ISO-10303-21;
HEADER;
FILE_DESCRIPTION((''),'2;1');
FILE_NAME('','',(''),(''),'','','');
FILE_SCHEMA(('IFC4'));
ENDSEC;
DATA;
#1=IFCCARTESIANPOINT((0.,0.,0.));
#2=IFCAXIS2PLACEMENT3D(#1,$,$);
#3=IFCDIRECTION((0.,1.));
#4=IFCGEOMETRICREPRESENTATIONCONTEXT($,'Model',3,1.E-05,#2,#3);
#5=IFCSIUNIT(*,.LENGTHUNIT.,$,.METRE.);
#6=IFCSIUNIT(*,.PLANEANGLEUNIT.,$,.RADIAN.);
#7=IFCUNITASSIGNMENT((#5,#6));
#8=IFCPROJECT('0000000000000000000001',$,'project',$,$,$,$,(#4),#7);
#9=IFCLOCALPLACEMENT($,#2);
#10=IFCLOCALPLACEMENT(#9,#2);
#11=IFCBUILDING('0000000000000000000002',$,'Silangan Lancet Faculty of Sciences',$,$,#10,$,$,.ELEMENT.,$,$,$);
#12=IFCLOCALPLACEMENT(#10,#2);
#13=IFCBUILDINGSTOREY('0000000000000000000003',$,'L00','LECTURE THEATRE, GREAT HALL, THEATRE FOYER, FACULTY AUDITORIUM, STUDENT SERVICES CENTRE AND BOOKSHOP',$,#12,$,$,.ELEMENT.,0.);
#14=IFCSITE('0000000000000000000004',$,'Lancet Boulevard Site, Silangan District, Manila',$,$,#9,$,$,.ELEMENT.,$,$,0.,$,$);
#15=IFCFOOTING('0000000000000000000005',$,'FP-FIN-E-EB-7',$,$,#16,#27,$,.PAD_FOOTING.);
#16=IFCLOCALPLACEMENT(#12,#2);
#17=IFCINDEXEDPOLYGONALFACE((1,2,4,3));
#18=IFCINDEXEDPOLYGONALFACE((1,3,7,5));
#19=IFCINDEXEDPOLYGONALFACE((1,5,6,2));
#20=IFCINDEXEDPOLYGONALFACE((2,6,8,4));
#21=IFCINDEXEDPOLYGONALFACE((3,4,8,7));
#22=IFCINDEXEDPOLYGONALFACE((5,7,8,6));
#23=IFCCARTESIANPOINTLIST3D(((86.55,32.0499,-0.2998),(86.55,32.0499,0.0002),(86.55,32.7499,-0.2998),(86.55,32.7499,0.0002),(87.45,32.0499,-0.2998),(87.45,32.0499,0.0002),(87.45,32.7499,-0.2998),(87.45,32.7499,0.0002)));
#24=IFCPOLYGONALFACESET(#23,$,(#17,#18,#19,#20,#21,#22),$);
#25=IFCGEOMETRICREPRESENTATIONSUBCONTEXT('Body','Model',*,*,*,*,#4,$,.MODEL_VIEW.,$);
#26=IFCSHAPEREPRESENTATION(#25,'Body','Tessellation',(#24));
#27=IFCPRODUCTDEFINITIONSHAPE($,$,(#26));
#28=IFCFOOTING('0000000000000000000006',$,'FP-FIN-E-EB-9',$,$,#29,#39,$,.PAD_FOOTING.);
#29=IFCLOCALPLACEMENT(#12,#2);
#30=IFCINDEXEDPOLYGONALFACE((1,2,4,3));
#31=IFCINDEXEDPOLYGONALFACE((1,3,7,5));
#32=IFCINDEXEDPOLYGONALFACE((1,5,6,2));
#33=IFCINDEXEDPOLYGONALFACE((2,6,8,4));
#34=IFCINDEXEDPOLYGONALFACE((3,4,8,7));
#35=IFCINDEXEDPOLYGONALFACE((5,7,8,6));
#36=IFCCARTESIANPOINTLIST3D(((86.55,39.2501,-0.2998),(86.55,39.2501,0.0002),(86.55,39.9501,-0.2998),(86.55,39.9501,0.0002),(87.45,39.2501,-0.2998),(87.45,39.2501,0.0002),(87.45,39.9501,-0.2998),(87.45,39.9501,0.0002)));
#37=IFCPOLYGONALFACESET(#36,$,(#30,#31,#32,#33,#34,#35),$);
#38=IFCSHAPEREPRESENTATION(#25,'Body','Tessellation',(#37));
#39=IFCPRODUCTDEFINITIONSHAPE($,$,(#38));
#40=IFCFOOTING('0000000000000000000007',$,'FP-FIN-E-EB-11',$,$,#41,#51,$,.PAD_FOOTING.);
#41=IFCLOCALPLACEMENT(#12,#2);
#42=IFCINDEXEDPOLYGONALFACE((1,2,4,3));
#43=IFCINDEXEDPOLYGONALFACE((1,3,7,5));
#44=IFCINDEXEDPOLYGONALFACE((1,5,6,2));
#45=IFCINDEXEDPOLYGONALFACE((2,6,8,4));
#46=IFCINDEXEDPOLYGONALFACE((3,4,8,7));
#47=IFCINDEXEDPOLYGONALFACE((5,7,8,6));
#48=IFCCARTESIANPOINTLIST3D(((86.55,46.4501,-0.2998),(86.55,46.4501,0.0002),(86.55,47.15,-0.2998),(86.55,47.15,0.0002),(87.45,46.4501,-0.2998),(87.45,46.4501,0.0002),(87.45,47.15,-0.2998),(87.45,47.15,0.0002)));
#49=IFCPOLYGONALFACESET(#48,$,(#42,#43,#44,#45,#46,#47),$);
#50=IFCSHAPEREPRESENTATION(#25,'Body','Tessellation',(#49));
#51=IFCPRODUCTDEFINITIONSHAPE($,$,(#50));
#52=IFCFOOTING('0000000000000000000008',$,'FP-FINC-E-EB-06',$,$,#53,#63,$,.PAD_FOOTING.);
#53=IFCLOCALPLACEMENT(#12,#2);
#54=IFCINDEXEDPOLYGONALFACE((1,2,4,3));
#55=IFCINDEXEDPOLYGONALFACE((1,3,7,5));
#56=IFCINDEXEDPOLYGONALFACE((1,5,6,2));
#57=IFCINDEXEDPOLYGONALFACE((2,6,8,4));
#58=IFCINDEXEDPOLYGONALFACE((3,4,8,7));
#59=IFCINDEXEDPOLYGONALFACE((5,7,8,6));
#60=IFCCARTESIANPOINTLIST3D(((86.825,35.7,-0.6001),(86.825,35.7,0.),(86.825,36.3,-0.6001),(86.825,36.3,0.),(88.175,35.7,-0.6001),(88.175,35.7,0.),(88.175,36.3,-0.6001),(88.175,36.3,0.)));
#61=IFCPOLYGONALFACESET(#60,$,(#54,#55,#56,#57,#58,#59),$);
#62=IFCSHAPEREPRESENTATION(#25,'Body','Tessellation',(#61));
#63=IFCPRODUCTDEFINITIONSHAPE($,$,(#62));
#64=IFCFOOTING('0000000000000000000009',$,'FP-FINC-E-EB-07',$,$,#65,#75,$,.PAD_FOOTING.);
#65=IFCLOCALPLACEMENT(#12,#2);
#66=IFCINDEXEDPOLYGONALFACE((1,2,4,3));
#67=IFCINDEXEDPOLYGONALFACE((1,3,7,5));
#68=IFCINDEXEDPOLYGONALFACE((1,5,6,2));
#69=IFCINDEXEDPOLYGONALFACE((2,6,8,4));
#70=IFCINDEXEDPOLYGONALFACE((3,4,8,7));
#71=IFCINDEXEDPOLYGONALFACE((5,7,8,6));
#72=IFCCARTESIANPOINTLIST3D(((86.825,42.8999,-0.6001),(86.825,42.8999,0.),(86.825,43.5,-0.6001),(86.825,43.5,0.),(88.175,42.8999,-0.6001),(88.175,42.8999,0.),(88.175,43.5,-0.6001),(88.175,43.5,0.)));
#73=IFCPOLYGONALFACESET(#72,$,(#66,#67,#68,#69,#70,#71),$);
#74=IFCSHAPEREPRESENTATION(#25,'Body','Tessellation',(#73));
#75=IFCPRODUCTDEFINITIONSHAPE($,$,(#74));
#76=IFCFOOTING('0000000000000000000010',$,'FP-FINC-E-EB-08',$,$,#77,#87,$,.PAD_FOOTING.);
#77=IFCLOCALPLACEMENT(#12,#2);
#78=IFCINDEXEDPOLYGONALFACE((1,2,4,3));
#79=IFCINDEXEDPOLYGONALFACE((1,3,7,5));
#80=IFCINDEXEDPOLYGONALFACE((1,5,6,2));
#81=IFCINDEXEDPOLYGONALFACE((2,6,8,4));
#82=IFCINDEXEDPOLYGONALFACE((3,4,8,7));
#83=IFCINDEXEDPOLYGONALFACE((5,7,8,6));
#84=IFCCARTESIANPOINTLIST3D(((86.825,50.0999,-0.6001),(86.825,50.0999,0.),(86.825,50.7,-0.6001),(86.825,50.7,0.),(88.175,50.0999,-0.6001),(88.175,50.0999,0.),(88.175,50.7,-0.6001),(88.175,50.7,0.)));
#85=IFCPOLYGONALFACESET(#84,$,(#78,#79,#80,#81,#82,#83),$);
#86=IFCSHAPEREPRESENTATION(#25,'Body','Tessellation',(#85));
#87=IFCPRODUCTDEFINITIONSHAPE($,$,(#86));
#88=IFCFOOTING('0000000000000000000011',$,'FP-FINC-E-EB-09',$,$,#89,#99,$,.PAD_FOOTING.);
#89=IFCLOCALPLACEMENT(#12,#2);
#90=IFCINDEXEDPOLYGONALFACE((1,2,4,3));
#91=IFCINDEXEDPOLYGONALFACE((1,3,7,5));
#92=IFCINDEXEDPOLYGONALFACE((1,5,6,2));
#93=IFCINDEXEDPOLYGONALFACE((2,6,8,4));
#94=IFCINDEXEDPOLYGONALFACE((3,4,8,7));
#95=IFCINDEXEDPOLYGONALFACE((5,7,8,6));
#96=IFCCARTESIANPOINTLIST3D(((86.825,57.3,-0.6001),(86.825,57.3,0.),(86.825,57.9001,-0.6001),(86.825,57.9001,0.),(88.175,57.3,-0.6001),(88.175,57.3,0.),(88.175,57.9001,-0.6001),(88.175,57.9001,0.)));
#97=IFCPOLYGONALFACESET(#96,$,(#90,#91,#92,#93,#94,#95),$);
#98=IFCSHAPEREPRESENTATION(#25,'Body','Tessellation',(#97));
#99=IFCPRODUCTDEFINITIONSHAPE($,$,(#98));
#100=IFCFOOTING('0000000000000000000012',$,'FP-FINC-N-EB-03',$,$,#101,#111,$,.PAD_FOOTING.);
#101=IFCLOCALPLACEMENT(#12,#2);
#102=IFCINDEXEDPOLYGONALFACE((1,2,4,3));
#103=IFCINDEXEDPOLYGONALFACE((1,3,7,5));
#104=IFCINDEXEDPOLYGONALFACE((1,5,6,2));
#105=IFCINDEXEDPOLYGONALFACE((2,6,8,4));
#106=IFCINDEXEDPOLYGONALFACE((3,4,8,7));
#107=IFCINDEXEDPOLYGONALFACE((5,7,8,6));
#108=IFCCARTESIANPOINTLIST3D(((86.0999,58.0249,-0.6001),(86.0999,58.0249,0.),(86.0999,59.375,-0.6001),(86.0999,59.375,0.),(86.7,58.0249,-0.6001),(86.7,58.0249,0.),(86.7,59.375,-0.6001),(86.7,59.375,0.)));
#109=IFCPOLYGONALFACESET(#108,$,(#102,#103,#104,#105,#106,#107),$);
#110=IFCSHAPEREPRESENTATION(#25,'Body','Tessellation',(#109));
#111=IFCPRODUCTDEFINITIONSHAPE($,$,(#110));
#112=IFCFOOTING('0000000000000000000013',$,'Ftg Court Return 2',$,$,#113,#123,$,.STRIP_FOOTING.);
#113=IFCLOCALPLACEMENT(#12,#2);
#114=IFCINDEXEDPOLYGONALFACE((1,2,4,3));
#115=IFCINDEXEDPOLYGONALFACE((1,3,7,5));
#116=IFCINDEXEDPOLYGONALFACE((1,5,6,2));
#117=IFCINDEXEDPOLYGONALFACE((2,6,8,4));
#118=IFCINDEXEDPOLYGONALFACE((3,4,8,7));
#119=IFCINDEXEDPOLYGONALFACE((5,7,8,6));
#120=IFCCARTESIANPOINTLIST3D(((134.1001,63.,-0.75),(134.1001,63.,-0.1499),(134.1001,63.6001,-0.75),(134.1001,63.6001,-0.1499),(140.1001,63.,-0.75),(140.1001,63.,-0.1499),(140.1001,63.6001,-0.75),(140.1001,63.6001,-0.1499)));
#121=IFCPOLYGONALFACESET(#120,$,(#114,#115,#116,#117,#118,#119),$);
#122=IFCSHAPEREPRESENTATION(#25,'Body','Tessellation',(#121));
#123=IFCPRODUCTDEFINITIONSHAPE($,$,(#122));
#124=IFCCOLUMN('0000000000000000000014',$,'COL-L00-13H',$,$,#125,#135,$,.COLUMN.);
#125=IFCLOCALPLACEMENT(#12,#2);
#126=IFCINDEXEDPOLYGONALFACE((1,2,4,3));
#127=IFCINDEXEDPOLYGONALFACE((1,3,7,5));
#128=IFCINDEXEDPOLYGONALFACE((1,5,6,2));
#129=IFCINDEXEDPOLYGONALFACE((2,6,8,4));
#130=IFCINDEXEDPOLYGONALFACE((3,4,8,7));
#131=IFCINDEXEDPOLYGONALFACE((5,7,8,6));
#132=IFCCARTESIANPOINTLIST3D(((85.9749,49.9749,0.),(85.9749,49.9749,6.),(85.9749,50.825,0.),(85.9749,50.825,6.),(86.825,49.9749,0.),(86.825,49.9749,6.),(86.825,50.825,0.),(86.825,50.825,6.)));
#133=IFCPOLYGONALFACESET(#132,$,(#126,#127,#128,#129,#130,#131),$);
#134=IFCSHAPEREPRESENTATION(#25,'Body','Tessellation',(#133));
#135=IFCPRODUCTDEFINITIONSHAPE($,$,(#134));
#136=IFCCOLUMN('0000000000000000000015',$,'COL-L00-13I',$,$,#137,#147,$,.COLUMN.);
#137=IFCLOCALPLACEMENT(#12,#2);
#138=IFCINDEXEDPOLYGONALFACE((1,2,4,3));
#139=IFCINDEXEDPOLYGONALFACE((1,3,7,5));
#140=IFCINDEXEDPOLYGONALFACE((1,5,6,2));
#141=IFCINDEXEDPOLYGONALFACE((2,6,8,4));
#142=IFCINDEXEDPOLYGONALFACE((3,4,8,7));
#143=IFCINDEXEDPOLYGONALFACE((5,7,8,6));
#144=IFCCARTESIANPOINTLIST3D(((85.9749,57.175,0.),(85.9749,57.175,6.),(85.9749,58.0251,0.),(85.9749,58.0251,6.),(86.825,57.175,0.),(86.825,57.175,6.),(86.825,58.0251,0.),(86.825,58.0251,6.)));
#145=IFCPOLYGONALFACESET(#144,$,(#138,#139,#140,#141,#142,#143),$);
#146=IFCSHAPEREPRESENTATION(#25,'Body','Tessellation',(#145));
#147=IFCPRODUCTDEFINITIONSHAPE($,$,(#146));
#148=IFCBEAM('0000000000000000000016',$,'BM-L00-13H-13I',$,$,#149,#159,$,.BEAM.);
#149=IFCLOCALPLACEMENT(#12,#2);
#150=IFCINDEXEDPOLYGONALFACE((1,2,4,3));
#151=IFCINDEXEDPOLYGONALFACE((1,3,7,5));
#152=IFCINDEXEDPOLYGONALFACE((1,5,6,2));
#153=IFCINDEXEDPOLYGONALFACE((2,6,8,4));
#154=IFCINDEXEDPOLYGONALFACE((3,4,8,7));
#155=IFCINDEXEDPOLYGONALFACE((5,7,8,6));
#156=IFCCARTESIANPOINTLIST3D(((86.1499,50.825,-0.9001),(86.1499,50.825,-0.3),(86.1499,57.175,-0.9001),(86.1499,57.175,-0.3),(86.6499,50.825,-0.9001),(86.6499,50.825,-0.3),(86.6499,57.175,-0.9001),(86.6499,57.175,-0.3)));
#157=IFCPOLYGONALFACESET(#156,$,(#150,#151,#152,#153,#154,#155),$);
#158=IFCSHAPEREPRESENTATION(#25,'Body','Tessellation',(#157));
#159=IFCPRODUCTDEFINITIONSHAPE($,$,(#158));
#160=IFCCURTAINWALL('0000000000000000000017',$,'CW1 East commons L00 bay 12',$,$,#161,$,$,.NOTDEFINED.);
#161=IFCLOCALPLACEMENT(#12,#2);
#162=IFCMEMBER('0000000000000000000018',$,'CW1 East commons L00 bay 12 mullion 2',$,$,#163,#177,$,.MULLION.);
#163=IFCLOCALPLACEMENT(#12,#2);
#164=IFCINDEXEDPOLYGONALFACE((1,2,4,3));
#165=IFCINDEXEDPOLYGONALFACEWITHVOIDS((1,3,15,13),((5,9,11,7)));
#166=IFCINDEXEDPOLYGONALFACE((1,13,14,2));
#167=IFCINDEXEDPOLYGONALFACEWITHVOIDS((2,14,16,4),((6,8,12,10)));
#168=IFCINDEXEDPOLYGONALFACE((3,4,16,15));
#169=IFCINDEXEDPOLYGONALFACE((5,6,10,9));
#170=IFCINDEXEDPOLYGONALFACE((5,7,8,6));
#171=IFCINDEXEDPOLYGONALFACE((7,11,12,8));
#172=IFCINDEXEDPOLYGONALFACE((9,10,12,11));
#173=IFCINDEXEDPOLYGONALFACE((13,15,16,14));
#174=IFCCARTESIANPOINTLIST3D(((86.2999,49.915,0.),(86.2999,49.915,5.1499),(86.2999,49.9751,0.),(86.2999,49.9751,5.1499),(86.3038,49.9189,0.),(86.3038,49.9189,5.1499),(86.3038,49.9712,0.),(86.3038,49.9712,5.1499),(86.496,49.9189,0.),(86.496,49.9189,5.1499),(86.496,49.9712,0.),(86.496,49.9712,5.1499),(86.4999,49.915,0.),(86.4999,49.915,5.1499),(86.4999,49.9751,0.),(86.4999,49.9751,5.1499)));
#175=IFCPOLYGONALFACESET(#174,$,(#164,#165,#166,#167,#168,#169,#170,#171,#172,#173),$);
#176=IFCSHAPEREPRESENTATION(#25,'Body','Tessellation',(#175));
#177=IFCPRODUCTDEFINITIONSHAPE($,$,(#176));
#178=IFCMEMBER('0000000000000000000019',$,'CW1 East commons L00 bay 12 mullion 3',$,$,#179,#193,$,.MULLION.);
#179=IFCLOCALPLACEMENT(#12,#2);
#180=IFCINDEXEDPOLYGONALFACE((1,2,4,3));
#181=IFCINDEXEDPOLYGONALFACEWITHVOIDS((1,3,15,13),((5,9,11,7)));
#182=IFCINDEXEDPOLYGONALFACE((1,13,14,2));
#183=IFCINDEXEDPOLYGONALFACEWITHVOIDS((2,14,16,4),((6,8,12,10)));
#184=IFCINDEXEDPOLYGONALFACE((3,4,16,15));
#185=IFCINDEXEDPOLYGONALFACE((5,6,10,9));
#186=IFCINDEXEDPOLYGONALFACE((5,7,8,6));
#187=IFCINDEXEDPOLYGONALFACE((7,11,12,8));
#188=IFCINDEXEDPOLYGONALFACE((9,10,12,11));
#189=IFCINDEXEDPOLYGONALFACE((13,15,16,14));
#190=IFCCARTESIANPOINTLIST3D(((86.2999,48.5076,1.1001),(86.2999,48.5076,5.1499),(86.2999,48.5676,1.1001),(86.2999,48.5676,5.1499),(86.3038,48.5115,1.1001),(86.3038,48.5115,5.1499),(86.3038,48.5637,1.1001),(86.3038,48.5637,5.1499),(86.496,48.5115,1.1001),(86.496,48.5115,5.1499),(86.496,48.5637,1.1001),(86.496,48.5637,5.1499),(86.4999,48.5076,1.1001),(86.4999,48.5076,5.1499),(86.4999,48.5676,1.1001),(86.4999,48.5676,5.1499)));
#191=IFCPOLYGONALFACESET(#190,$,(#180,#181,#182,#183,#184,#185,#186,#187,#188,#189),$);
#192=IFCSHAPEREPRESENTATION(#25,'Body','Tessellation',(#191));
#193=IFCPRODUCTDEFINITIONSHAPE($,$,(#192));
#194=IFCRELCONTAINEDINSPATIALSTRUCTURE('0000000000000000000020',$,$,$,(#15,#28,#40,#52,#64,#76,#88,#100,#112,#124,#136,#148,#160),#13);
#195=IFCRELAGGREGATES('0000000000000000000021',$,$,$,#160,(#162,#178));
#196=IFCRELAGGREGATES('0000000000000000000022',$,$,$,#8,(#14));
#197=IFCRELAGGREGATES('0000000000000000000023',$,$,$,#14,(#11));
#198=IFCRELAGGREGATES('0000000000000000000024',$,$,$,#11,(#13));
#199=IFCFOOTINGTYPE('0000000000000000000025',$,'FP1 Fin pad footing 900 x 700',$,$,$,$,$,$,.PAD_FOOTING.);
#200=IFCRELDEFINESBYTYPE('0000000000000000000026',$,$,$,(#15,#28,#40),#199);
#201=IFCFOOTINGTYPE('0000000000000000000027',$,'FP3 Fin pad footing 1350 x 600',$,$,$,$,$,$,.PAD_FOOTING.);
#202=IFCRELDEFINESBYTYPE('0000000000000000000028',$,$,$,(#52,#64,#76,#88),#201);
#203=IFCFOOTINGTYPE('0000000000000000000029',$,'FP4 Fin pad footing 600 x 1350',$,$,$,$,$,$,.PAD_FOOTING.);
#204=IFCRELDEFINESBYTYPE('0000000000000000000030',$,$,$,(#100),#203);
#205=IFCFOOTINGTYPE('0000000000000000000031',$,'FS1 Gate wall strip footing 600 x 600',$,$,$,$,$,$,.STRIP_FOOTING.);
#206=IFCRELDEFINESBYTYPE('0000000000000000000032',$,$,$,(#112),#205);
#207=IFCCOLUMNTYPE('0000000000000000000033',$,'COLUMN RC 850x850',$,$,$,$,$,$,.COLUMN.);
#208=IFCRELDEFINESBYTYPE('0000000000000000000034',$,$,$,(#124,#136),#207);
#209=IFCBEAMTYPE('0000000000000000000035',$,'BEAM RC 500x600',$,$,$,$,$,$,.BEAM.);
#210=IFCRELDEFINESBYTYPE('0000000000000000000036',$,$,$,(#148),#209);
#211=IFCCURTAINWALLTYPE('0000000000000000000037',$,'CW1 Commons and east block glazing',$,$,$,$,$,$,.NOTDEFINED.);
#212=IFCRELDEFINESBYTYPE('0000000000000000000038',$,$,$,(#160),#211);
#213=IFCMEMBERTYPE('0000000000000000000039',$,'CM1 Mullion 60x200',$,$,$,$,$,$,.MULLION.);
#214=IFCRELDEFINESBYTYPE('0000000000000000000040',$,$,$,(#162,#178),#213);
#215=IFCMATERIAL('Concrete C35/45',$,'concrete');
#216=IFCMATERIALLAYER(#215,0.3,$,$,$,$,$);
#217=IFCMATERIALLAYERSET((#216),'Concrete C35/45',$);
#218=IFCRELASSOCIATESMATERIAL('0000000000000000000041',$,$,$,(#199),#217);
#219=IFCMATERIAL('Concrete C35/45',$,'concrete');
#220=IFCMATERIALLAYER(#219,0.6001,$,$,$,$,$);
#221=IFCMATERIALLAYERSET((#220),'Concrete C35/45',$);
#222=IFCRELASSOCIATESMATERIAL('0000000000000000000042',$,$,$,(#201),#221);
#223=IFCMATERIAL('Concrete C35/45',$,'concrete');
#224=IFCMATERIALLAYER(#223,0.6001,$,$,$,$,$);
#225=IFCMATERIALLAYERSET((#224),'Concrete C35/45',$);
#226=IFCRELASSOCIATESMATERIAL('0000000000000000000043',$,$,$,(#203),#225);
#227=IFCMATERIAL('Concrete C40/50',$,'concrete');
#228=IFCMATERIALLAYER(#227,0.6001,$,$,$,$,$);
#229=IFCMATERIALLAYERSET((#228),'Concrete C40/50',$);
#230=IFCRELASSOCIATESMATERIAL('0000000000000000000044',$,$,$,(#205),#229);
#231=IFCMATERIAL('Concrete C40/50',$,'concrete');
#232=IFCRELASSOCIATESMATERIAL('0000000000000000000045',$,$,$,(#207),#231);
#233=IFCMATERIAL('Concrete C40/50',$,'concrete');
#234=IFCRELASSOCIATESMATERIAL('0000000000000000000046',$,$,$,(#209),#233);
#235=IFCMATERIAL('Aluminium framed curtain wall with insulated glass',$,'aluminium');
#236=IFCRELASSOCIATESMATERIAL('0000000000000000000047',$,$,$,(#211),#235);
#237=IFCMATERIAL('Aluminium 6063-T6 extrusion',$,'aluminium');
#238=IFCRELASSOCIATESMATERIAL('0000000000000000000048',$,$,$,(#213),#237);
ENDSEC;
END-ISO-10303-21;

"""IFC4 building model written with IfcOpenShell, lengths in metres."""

from ifc_helpers import new_model, si_unit, direction, frame, origin, origin_2d, place, context, subcontext, project, spatial, rectangle, hollow_rectangle, extrude, material, layer, layer_set, material_profile, profile_set, type_object, element, aggregate, save


model = new_model("IFC4")

# Units and contexts
model_context = context("Model", 3, precision=1e-05, world=origin(), true_north=direction((0.0, 1.0)))
body_context = subcontext(model_context, "Body", "Model", "MODEL_VIEW")
ifc_project = project(units=[si_unit("LENGTHUNIT", "METRE"), si_unit("PLANEANGLEUNIT", "RADIAN")], contexts=[model_context])

# Site, building, storey
site_placement = place(None, origin())
site = spatial("IfcSite", under=ifc_project, at=site_placement, Name="Lancet Boulevard Site, Silangan District, Manila", CompositionType="ELEMENT", RefElevation=0.0)
building_placement = place(site_placement, origin())
building = spatial("IfcBuilding", under=site, at=building_placement, Name="Silangan Lancet Faculty of Sciences", CompositionType="ELEMENT")
storey_placement = place(building_placement, origin())
storey = spatial("IfcBuildingStorey", under=building, at=storey_placement, Name="L00", Description="LECTURE THEATRE, GREAT HALL, THEATRE FOYER, FACULTY AUDITORIUM, STUDENT SERVICES CENTRE AND BOOKSHOP", CompositionType="ELEMENT", Elevation=0.0)

# Footings
ifc_material_1 = material(Name="Concrete C35/45", Category="concrete")
ifc_layer_1 = layer(ifc_material_1, 0.3)
ifc_layer_set_1 = layer_set([ifc_layer_1], Name="Concrete C35/45")
footing_type_1 = type_object("IfcFootingType", Name="FP1 Fin pad footing 900 x 700", PredefinedType="PAD_FOOTING", material=ifc_layer_set_1)
for number, where, z_axis, x_axis, name in (
    (1, (87.0, 32.3999, -0.2998), (0.0, 0.0, 1.0), (1.0, 0.0, 0.0), "FP-FIN-E-EB-7"),
    (2, (87.0, 39.6001, -0.2998), (0.0, 0.0, 1.0), (1.0, 0.0, 0.0), "FP-FIN-E-EB-9"),
    (3, (87.0, 46.8, -0.2998), (0.0, 0.0, 1.0), (1.0, 0.0, 0.0), "FP-FIN-E-EB-11"),
):
    element("IfcFooting", number, at=place(storey_placement, frame(where, z_axis=z_axis, x_axis=x_axis)), inside=storey, type_object=footing_type_1, Name=name, PredefinedType="PAD_FOOTING", context=body_context, shape_type="SweptSolid", body=[
        extrude(rectangle(XDim=0.8999, YDim=0.7, at=origin_2d()), origin(), (0.0, 0.0, 1.0), 0.3),
    ])
ifc_material_2 = material(Name="Concrete C35/45", Category="concrete")
ifc_layer_2 = layer(ifc_material_2, 0.6001)
ifc_layer_set_2 = layer_set([ifc_layer_2], Name="Concrete C35/45")
footing_type_2 = type_object("IfcFootingType", Name="FP3 Fin pad footing 1350 x 600", PredefinedType="PAD_FOOTING", material=ifc_layer_set_2)
for number, where, z_axis, x_axis, name in (
    (4, (87.5, 36.0, -0.6001), (0.0, 0.0, 1.0), (1.0, 0.0, 0.0), "FP-FINC-E-EB-06"),
    (5, (87.5, 43.2, -0.6001), (0.0, 0.0, 1.0), (1.0, 0.0, 0.0), "FP-FINC-E-EB-07"),
    (6, (87.5, 50.3999, -0.6001), (0.0, 0.0, 1.0), (1.0, 0.0, 0.0), "FP-FINC-E-EB-08"),
    (7, (87.5, 57.6001, -0.6001), (0.0, 0.0, 1.0), (1.0, 0.0, 0.0), "FP-FINC-E-EB-09"),
):
    element("IfcFooting", number, at=place(storey_placement, frame(where, z_axis=z_axis, x_axis=x_axis)), inside=storey, type_object=footing_type_2, Name=name, PredefinedType="PAD_FOOTING", context=body_context, shape_type="SweptSolid", body=[
        extrude(rectangle(XDim=1.3501, YDim=0.6001, at=origin_2d()), origin(), (0.0, 0.0, 1.0), 0.6001),
    ])
ifc_material_3 = material(Name="Concrete C35/45", Category="concrete")
ifc_layer_3 = layer(ifc_material_3, 0.6001)
ifc_layer_set_3 = layer_set([ifc_layer_3], Name="Concrete C35/45")
footing_type_3 = type_object("IfcFootingType", Name="FP4 Fin pad footing 600 x 1350", PredefinedType="PAD_FOOTING", material=ifc_layer_set_3)
footing_1_placement = place(storey_placement, frame((86.3999, 58.7, -0.6001), z_axis=(0.0, 0.0, 1.0), x_axis=(1.0, 0.0, 0.0)))
element("IfcFooting", 8, at=footing_1_placement, inside=storey, type_object=footing_type_3, Name="FP-FINC-N-EB-03", PredefinedType="PAD_FOOTING", context=body_context, shape_type="SweptSolid", body=[
    extrude(rectangle(XDim=0.6001, YDim=1.3501, at=origin_2d()), origin(), (0.0, 0.0, 1.0), 0.6001),
])
ifc_material_4 = material(Name="Concrete C40/50", Category="concrete")
ifc_layer_4 = layer(ifc_material_4, 0.6001)
ifc_layer_set_4 = layer_set([ifc_layer_4], Name="Concrete C40/50")
footing_type_4 = type_object("IfcFootingType", Name="FS1 Gate wall strip footing 600 x 600", PredefinedType="STRIP_FOOTING", material=ifc_layer_set_4)
footing_2_placement = place(storey_placement, frame((137.1001, 63.3, -0.75), z_axis=(0.0, 0.0, 1.0), x_axis=(1.0, 0.0, 0.0)))
element("IfcFooting", 9, at=footing_2_placement, inside=storey, type_object=footing_type_4, Name="Ftg Court Return 2", PredefinedType="STRIP_FOOTING", context=body_context, shape_type="SweptSolid", body=[
    extrude(rectangle(XDim=6.0, YDim=0.6001, at=origin_2d()), origin(), (0.0, 0.0, 1.0), 0.6001),
])

# Columns
ifc_material_5 = material(Name="Concrete C40/50", Category="concrete")
ifc_material_profile_1 = material_profile(ifc_material_5, rectangle(XDim=0.8501, YDim=0.8501, at=origin_2d()), Name="RC 850x850")
ifc_profile_set_1 = profile_set([ifc_material_profile_1], Name="Concrete C40/50")
column_type = type_object("IfcColumnType", Name="COLUMN RC 850x850", PredefinedType="COLUMN", material=ifc_profile_set_1)
for number, where, z_axis, x_axis, name in (
    (10, (86.3999, 50.3999, 0.0), (0.0, 0.0, 1.0), (1.0, 0.0, 0.0), "COL-L00-13H"),
    (11, (86.3999, 57.6001, 0.0), (0.0, 0.0, 1.0), (1.0, 0.0, 0.0), "COL-L00-13I"),
):
    element("IfcColumn", number, at=place(storey_placement, frame(where, z_axis=z_axis, x_axis=x_axis)), inside=storey, type_object=column_type, Name=name, PredefinedType="COLUMN", context=body_context, shape_type="SweptSolid", body=[
        extrude(rectangle(XDim=0.8501, YDim=0.8501, at=origin_2d()), origin(), (0.0, 0.0, 1.0), 6.0),
    ])

# Beam
ifc_material_6 = material(Name="Concrete C40/50", Category="concrete")
ifc_material_profile_2 = material_profile(ifc_material_6, rectangle(XDim=0.5, YDim=0.6001, at=origin_2d()), Name="RC 500x600")
ifc_profile_set_2 = profile_set([ifc_material_profile_2], Name="Concrete C40/50")
beam_type = type_object("IfcBeamType", Name="BEAM RC 500x600", PredefinedType="BEAM", material=ifc_profile_set_2)
beam_placement = place(storey_placement, frame((86.3999, 50.825, -0.6001), z_axis=(0.0, 1.0, 0.0), x_axis=(-1.0, 0.0, 0.0)))
element("IfcBeam", 12, at=beam_placement, inside=storey, type_object=beam_type, Name="BM-L00-13H-13I", PredefinedType="BEAM", context=body_context, shape_type="SweptSolid", body=[
    extrude(rectangle(XDim=0.5, YDim=0.6001, at=origin_2d()), origin(), (0.0, 0.0, 1.0), 6.3501),
])

# Curtain wall, members
ifc_material_7 = material(Name="Aluminium framed curtain wall with insulated glass", Category="aluminium")
curtain_wall_type = type_object("IfcCurtainWallType", Name="CW1 Commons and east block glazing", PredefinedType="NOTDEFINED", material=ifc_material_7)
curtain_wall_placement = place(storey_placement, origin())
curtain_wall = element("IfcCurtainWall", 13, at=curtain_wall_placement, inside=storey, type_object=curtain_wall_type, Name="CW1 East commons L00 bay 12", PredefinedType="NOTDEFINED")
ifc_material_8 = material(Name="Aluminium 6063-T6 extrusion", Category="aluminium")
ifc_material_profile_3 = material_profile(ifc_material_8, hollow_rectangle(XDim=0.0601, YDim=0.2, WallThickness=0.0039, at=origin_2d()), Name="AL BOX 60x200x4")
ifc_profile_set_3 = profile_set([ifc_material_profile_3], Name="Aluminium 6063-T6 extrusion")
member_type = type_object("IfcMemberType", Name="CM1 Mullion 60x200", PredefinedType="MULLION", material=ifc_profile_set_3)
member_1_placement = place(storey_placement, frame((86.3999, 49.9451, 0.0), z_axis=(0.0, 0.0, 1.0), x_axis=(0.0, 1.0, 0.0)))
member_1 = element("IfcMember", 14, at=member_1_placement, type_object=member_type, Name="CW1 East commons L00 bay 12 mullion 2", PredefinedType="MULLION", context=body_context, shape_type="SweptSolid", body=[
    extrude(hollow_rectangle(XDim=0.0601, YDim=0.2, WallThickness=0.0039, at=origin_2d()), origin(), (0.0, 0.0, 1.0), 5.1499),
])
member_2_placement = place(storey_placement, frame((86.3999, 48.5376, 1.1001), z_axis=(0.0, 0.0, 1.0), x_axis=(0.0, 1.0, 0.0)))
member_2 = element("IfcMember", 15, at=member_2_placement, type_object=member_type, Name="CW1 East commons L00 bay 12 mullion 3", PredefinedType="MULLION", context=body_context, shape_type="SweptSolid", body=[
    extrude(hollow_rectangle(XDim=0.0601, YDim=0.2, WallThickness=0.0039, at=origin_2d()), origin(), (0.0, 0.0, 1.0), 4.0498),
])
aggregate(curtain_wall, [member_1, member_2])

save(model, "model.ifc")
